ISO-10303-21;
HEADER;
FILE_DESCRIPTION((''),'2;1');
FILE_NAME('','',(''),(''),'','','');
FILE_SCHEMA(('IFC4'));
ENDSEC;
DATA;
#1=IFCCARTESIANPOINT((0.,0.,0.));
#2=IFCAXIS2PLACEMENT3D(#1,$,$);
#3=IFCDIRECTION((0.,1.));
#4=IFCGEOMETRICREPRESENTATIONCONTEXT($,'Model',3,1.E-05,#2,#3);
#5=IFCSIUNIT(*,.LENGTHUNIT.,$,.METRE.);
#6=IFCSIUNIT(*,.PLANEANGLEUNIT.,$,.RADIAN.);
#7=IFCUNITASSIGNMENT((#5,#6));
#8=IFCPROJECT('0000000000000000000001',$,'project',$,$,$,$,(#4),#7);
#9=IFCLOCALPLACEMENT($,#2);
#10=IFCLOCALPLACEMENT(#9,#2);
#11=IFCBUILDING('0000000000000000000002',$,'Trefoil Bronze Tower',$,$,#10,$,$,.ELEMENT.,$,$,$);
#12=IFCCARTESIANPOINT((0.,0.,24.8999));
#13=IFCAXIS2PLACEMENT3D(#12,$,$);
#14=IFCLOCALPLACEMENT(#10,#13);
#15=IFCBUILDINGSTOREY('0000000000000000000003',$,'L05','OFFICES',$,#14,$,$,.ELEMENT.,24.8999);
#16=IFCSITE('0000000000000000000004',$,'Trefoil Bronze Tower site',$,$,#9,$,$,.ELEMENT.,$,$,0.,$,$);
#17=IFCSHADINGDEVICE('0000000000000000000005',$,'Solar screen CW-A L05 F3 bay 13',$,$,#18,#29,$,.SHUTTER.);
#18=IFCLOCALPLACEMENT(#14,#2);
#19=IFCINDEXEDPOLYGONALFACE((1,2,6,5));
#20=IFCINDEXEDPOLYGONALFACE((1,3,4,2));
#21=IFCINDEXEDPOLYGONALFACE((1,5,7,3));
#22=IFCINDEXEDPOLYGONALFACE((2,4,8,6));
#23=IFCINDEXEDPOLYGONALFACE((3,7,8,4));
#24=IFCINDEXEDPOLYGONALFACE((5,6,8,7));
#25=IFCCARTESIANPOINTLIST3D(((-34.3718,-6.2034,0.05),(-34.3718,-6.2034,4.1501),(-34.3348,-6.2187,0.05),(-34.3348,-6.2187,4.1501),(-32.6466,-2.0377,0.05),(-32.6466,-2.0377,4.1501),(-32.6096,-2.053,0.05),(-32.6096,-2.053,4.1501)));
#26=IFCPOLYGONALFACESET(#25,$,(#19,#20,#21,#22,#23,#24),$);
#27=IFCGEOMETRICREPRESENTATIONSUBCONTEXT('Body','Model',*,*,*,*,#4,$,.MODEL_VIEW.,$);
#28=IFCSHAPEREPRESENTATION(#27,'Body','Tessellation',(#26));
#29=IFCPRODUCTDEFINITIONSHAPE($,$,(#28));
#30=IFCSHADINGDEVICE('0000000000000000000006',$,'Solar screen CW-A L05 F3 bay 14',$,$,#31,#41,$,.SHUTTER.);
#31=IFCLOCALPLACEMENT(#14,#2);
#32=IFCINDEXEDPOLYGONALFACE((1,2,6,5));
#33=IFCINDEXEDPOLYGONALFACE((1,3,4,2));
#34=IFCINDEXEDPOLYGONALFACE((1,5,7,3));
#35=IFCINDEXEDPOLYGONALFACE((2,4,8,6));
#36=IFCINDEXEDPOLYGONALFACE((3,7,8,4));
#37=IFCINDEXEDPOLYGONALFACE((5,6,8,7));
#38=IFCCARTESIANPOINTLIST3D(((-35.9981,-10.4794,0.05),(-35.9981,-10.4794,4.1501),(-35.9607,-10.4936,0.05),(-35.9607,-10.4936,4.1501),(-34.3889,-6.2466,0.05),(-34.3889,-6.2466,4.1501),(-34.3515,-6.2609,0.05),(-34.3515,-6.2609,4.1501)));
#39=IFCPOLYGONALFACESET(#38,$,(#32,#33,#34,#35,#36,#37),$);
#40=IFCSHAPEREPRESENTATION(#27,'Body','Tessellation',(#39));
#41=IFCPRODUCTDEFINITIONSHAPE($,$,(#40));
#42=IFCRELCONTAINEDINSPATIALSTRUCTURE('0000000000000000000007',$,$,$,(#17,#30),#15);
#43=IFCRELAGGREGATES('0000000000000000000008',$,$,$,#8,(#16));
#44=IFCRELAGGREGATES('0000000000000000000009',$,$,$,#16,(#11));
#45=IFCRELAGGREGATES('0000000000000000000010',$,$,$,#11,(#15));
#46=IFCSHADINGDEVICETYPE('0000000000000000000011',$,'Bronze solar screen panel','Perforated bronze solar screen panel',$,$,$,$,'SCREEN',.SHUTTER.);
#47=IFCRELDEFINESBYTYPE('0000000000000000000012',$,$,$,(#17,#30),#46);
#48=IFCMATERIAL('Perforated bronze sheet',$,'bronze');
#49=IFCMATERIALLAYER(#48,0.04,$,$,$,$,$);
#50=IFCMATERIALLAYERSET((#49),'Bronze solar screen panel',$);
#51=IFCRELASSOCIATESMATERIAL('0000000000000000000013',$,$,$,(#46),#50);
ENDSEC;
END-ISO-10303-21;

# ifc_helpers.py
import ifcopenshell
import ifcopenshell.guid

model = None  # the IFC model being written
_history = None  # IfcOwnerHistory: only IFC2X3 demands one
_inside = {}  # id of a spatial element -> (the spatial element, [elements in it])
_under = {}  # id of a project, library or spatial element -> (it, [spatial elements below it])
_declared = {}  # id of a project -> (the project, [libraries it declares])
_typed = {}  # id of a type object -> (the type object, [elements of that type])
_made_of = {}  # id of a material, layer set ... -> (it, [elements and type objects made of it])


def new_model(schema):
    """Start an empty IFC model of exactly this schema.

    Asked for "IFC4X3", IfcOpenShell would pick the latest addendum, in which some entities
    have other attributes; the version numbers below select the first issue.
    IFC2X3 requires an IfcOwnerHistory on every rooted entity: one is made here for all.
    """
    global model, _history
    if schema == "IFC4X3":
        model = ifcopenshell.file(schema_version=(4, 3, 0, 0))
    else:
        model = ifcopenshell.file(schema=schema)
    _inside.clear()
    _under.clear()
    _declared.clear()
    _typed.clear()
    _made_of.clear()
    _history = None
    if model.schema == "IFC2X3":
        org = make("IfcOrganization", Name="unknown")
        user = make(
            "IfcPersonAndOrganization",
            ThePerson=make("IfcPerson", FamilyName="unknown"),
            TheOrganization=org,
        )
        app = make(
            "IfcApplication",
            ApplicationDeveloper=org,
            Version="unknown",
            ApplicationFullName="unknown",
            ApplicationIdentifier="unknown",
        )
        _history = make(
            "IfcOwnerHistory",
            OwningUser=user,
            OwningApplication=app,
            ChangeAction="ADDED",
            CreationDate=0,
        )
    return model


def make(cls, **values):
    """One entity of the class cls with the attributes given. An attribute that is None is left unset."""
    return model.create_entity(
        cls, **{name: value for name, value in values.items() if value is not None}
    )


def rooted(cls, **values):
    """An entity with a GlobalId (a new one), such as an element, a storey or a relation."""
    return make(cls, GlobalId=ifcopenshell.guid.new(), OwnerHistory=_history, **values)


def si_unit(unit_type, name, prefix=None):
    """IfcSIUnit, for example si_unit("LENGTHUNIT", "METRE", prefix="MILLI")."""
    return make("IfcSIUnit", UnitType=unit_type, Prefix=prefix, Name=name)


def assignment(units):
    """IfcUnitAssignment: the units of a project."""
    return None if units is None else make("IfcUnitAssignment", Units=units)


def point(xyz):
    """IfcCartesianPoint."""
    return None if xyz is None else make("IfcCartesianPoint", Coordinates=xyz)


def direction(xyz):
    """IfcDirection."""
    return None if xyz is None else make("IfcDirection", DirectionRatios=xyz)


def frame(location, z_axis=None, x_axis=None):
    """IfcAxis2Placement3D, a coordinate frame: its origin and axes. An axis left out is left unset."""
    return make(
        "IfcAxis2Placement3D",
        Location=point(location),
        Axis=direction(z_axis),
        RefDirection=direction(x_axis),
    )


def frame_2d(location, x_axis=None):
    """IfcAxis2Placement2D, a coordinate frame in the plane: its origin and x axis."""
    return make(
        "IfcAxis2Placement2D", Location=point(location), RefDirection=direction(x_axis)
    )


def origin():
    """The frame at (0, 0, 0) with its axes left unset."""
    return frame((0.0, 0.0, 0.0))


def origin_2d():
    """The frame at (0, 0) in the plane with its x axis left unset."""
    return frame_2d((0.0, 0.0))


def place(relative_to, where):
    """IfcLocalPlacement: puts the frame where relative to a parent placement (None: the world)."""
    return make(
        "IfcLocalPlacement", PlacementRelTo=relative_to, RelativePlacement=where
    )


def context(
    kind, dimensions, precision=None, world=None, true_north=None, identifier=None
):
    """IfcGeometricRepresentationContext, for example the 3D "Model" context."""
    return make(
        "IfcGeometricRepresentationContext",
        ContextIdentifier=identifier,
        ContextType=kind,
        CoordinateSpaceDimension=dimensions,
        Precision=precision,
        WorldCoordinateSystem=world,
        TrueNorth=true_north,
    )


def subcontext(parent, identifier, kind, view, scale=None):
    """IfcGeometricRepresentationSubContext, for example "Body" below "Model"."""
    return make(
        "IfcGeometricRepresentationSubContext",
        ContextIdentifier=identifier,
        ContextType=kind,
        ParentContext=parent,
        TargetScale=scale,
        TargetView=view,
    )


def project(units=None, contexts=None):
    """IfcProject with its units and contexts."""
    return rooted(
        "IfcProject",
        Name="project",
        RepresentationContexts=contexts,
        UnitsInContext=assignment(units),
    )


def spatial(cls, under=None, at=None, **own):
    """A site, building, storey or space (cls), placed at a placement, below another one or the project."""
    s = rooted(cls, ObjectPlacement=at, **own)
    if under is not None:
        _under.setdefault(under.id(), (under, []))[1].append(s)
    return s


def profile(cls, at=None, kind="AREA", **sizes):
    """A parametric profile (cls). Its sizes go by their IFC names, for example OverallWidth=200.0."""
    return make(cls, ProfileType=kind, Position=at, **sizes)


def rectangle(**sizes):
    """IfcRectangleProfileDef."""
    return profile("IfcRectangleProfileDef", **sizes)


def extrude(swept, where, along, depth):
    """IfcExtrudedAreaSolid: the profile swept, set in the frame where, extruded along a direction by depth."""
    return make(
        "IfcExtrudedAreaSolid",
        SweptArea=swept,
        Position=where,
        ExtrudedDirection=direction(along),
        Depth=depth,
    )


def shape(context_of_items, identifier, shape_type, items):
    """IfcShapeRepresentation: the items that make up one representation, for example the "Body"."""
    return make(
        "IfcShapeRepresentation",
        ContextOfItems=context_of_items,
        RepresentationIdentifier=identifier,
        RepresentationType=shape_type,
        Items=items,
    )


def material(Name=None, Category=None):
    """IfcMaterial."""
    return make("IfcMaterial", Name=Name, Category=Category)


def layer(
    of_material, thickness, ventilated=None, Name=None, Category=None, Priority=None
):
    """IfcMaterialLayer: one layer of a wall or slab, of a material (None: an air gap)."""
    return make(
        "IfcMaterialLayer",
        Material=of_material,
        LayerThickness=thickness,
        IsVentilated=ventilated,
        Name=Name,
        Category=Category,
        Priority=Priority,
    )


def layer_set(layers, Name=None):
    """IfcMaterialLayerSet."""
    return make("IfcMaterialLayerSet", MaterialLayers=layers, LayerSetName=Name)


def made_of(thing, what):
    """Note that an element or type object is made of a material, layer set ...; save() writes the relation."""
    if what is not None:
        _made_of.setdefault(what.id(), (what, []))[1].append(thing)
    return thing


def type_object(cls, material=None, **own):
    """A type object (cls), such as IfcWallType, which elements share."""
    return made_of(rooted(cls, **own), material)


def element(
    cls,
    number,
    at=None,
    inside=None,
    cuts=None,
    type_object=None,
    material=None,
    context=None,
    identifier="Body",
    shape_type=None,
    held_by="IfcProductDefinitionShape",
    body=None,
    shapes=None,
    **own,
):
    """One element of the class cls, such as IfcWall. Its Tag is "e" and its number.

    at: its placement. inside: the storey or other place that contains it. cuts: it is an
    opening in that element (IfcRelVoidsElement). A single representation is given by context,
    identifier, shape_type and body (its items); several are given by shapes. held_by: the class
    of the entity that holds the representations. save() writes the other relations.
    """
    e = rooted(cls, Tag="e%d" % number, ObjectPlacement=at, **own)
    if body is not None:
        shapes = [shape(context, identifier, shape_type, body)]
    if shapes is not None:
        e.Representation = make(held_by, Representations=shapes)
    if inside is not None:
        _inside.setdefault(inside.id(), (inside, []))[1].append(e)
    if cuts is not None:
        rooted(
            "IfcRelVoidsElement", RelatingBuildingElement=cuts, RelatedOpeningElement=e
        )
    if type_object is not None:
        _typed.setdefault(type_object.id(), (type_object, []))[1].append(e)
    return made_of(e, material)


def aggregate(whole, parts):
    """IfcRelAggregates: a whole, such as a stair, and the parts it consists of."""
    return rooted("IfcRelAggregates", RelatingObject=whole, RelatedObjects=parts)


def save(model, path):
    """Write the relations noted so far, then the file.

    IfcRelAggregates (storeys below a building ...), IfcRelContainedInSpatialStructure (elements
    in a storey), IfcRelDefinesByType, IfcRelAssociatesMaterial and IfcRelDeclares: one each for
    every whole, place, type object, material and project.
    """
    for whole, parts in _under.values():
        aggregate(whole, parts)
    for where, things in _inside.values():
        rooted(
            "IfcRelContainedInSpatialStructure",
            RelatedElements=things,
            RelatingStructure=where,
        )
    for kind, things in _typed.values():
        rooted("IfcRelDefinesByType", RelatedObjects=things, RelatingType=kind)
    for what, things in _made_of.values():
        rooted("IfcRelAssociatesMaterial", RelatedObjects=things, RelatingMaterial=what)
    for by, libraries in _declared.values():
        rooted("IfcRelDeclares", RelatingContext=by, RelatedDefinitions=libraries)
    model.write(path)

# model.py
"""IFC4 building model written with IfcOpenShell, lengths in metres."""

from ifc_helpers import new_model, si_unit, direction, frame, origin, origin_2d, place, context, subcontext, project, spatial, rectangle, extrude, material, layer, layer_set, type_object, element, save


model = new_model("IFC4")

# Units and contexts
model_context = context("Model", 3, precision=1e-05, world=origin(), true_north=direction((0.0, 1.0)))
body_context = subcontext(model_context, "Body", "Model", "MODEL_VIEW")
ifc_project = project(units=[si_unit("LENGTHUNIT", "METRE"), si_unit("PLANEANGLEUNIT", "RADIAN")], contexts=[model_context])

# Site, building, storey
site_placement = place(None, origin())
site = spatial("IfcSite", under=ifc_project, at=site_placement, Name="Trefoil Bronze Tower site", CompositionType="ELEMENT", RefElevation=0.0)
building_placement = place(site_placement, origin())
building = spatial("IfcBuilding", under=site, at=building_placement, Name="Trefoil Bronze Tower", CompositionType="ELEMENT")
storey_placement = place(building_placement, frame((0.0, 0.0, 24.8999)))
storey = spatial("IfcBuildingStorey", under=building, at=storey_placement, Name="L05", Description="OFFICES", CompositionType="ELEMENT", Elevation=24.8999)

# Shading devices
ifc_material_1 = material(Name="Perforated bronze sheet", Category="bronze")
ifc_layer_1 = layer(ifc_material_1, 0.04)
ifc_layer_set_1 = layer_set([ifc_layer_1], Name="Bronze solar screen panel")
shading_device_type = type_object("IfcShadingDeviceType", Name="Bronze solar screen panel", Description="Perforated bronze solar screen panel", ElementType="SCREEN", PredefinedType="SHUTTER", material=ifc_layer_set_1)
shading_device_1_placement = place(storey_placement, frame((-33.4907, -4.1282, 0.05), z_axis=(0.0, 0.0, 1.0), x_axis=(-0.38263, -0.923902, 0.0)))
element("IfcShadingDevice", 1, at=shading_device_1_placement, inside=storey, type_object=shading_device_type, Name="Solar screen CW-A L05 F3 bay 13", PredefinedType="SHUTTER", context=body_context, shape_type="SweptSolid", body=[
    extrude(rectangle(XDim=4.5088, YDim=0.04, at=origin_2d()), origin(), (0.0, 0.0, 1.0), 4.1001),
])
shading_device_2_placement = place(storey_placement, frame((-35.1748, -8.3701, 0.05), z_axis=(0.0, 0.0, 1.0), x_axis=(-0.355371, -0.934725, 0.0)))
element("IfcShadingDevice", 2, at=shading_device_2_placement, inside=storey, type_object=shading_device_type, Name="Solar screen CW-A L05 F3 bay 14", PredefinedType="SHUTTER", context=body_context, shape_type="SweptSolid", body=[
    extrude(rectangle(XDim=4.5283, YDim=0.04, at=origin_2d()), origin(), (0.0, 0.0, 1.0), 4.1001),
])

save(model, "model.ifc")
